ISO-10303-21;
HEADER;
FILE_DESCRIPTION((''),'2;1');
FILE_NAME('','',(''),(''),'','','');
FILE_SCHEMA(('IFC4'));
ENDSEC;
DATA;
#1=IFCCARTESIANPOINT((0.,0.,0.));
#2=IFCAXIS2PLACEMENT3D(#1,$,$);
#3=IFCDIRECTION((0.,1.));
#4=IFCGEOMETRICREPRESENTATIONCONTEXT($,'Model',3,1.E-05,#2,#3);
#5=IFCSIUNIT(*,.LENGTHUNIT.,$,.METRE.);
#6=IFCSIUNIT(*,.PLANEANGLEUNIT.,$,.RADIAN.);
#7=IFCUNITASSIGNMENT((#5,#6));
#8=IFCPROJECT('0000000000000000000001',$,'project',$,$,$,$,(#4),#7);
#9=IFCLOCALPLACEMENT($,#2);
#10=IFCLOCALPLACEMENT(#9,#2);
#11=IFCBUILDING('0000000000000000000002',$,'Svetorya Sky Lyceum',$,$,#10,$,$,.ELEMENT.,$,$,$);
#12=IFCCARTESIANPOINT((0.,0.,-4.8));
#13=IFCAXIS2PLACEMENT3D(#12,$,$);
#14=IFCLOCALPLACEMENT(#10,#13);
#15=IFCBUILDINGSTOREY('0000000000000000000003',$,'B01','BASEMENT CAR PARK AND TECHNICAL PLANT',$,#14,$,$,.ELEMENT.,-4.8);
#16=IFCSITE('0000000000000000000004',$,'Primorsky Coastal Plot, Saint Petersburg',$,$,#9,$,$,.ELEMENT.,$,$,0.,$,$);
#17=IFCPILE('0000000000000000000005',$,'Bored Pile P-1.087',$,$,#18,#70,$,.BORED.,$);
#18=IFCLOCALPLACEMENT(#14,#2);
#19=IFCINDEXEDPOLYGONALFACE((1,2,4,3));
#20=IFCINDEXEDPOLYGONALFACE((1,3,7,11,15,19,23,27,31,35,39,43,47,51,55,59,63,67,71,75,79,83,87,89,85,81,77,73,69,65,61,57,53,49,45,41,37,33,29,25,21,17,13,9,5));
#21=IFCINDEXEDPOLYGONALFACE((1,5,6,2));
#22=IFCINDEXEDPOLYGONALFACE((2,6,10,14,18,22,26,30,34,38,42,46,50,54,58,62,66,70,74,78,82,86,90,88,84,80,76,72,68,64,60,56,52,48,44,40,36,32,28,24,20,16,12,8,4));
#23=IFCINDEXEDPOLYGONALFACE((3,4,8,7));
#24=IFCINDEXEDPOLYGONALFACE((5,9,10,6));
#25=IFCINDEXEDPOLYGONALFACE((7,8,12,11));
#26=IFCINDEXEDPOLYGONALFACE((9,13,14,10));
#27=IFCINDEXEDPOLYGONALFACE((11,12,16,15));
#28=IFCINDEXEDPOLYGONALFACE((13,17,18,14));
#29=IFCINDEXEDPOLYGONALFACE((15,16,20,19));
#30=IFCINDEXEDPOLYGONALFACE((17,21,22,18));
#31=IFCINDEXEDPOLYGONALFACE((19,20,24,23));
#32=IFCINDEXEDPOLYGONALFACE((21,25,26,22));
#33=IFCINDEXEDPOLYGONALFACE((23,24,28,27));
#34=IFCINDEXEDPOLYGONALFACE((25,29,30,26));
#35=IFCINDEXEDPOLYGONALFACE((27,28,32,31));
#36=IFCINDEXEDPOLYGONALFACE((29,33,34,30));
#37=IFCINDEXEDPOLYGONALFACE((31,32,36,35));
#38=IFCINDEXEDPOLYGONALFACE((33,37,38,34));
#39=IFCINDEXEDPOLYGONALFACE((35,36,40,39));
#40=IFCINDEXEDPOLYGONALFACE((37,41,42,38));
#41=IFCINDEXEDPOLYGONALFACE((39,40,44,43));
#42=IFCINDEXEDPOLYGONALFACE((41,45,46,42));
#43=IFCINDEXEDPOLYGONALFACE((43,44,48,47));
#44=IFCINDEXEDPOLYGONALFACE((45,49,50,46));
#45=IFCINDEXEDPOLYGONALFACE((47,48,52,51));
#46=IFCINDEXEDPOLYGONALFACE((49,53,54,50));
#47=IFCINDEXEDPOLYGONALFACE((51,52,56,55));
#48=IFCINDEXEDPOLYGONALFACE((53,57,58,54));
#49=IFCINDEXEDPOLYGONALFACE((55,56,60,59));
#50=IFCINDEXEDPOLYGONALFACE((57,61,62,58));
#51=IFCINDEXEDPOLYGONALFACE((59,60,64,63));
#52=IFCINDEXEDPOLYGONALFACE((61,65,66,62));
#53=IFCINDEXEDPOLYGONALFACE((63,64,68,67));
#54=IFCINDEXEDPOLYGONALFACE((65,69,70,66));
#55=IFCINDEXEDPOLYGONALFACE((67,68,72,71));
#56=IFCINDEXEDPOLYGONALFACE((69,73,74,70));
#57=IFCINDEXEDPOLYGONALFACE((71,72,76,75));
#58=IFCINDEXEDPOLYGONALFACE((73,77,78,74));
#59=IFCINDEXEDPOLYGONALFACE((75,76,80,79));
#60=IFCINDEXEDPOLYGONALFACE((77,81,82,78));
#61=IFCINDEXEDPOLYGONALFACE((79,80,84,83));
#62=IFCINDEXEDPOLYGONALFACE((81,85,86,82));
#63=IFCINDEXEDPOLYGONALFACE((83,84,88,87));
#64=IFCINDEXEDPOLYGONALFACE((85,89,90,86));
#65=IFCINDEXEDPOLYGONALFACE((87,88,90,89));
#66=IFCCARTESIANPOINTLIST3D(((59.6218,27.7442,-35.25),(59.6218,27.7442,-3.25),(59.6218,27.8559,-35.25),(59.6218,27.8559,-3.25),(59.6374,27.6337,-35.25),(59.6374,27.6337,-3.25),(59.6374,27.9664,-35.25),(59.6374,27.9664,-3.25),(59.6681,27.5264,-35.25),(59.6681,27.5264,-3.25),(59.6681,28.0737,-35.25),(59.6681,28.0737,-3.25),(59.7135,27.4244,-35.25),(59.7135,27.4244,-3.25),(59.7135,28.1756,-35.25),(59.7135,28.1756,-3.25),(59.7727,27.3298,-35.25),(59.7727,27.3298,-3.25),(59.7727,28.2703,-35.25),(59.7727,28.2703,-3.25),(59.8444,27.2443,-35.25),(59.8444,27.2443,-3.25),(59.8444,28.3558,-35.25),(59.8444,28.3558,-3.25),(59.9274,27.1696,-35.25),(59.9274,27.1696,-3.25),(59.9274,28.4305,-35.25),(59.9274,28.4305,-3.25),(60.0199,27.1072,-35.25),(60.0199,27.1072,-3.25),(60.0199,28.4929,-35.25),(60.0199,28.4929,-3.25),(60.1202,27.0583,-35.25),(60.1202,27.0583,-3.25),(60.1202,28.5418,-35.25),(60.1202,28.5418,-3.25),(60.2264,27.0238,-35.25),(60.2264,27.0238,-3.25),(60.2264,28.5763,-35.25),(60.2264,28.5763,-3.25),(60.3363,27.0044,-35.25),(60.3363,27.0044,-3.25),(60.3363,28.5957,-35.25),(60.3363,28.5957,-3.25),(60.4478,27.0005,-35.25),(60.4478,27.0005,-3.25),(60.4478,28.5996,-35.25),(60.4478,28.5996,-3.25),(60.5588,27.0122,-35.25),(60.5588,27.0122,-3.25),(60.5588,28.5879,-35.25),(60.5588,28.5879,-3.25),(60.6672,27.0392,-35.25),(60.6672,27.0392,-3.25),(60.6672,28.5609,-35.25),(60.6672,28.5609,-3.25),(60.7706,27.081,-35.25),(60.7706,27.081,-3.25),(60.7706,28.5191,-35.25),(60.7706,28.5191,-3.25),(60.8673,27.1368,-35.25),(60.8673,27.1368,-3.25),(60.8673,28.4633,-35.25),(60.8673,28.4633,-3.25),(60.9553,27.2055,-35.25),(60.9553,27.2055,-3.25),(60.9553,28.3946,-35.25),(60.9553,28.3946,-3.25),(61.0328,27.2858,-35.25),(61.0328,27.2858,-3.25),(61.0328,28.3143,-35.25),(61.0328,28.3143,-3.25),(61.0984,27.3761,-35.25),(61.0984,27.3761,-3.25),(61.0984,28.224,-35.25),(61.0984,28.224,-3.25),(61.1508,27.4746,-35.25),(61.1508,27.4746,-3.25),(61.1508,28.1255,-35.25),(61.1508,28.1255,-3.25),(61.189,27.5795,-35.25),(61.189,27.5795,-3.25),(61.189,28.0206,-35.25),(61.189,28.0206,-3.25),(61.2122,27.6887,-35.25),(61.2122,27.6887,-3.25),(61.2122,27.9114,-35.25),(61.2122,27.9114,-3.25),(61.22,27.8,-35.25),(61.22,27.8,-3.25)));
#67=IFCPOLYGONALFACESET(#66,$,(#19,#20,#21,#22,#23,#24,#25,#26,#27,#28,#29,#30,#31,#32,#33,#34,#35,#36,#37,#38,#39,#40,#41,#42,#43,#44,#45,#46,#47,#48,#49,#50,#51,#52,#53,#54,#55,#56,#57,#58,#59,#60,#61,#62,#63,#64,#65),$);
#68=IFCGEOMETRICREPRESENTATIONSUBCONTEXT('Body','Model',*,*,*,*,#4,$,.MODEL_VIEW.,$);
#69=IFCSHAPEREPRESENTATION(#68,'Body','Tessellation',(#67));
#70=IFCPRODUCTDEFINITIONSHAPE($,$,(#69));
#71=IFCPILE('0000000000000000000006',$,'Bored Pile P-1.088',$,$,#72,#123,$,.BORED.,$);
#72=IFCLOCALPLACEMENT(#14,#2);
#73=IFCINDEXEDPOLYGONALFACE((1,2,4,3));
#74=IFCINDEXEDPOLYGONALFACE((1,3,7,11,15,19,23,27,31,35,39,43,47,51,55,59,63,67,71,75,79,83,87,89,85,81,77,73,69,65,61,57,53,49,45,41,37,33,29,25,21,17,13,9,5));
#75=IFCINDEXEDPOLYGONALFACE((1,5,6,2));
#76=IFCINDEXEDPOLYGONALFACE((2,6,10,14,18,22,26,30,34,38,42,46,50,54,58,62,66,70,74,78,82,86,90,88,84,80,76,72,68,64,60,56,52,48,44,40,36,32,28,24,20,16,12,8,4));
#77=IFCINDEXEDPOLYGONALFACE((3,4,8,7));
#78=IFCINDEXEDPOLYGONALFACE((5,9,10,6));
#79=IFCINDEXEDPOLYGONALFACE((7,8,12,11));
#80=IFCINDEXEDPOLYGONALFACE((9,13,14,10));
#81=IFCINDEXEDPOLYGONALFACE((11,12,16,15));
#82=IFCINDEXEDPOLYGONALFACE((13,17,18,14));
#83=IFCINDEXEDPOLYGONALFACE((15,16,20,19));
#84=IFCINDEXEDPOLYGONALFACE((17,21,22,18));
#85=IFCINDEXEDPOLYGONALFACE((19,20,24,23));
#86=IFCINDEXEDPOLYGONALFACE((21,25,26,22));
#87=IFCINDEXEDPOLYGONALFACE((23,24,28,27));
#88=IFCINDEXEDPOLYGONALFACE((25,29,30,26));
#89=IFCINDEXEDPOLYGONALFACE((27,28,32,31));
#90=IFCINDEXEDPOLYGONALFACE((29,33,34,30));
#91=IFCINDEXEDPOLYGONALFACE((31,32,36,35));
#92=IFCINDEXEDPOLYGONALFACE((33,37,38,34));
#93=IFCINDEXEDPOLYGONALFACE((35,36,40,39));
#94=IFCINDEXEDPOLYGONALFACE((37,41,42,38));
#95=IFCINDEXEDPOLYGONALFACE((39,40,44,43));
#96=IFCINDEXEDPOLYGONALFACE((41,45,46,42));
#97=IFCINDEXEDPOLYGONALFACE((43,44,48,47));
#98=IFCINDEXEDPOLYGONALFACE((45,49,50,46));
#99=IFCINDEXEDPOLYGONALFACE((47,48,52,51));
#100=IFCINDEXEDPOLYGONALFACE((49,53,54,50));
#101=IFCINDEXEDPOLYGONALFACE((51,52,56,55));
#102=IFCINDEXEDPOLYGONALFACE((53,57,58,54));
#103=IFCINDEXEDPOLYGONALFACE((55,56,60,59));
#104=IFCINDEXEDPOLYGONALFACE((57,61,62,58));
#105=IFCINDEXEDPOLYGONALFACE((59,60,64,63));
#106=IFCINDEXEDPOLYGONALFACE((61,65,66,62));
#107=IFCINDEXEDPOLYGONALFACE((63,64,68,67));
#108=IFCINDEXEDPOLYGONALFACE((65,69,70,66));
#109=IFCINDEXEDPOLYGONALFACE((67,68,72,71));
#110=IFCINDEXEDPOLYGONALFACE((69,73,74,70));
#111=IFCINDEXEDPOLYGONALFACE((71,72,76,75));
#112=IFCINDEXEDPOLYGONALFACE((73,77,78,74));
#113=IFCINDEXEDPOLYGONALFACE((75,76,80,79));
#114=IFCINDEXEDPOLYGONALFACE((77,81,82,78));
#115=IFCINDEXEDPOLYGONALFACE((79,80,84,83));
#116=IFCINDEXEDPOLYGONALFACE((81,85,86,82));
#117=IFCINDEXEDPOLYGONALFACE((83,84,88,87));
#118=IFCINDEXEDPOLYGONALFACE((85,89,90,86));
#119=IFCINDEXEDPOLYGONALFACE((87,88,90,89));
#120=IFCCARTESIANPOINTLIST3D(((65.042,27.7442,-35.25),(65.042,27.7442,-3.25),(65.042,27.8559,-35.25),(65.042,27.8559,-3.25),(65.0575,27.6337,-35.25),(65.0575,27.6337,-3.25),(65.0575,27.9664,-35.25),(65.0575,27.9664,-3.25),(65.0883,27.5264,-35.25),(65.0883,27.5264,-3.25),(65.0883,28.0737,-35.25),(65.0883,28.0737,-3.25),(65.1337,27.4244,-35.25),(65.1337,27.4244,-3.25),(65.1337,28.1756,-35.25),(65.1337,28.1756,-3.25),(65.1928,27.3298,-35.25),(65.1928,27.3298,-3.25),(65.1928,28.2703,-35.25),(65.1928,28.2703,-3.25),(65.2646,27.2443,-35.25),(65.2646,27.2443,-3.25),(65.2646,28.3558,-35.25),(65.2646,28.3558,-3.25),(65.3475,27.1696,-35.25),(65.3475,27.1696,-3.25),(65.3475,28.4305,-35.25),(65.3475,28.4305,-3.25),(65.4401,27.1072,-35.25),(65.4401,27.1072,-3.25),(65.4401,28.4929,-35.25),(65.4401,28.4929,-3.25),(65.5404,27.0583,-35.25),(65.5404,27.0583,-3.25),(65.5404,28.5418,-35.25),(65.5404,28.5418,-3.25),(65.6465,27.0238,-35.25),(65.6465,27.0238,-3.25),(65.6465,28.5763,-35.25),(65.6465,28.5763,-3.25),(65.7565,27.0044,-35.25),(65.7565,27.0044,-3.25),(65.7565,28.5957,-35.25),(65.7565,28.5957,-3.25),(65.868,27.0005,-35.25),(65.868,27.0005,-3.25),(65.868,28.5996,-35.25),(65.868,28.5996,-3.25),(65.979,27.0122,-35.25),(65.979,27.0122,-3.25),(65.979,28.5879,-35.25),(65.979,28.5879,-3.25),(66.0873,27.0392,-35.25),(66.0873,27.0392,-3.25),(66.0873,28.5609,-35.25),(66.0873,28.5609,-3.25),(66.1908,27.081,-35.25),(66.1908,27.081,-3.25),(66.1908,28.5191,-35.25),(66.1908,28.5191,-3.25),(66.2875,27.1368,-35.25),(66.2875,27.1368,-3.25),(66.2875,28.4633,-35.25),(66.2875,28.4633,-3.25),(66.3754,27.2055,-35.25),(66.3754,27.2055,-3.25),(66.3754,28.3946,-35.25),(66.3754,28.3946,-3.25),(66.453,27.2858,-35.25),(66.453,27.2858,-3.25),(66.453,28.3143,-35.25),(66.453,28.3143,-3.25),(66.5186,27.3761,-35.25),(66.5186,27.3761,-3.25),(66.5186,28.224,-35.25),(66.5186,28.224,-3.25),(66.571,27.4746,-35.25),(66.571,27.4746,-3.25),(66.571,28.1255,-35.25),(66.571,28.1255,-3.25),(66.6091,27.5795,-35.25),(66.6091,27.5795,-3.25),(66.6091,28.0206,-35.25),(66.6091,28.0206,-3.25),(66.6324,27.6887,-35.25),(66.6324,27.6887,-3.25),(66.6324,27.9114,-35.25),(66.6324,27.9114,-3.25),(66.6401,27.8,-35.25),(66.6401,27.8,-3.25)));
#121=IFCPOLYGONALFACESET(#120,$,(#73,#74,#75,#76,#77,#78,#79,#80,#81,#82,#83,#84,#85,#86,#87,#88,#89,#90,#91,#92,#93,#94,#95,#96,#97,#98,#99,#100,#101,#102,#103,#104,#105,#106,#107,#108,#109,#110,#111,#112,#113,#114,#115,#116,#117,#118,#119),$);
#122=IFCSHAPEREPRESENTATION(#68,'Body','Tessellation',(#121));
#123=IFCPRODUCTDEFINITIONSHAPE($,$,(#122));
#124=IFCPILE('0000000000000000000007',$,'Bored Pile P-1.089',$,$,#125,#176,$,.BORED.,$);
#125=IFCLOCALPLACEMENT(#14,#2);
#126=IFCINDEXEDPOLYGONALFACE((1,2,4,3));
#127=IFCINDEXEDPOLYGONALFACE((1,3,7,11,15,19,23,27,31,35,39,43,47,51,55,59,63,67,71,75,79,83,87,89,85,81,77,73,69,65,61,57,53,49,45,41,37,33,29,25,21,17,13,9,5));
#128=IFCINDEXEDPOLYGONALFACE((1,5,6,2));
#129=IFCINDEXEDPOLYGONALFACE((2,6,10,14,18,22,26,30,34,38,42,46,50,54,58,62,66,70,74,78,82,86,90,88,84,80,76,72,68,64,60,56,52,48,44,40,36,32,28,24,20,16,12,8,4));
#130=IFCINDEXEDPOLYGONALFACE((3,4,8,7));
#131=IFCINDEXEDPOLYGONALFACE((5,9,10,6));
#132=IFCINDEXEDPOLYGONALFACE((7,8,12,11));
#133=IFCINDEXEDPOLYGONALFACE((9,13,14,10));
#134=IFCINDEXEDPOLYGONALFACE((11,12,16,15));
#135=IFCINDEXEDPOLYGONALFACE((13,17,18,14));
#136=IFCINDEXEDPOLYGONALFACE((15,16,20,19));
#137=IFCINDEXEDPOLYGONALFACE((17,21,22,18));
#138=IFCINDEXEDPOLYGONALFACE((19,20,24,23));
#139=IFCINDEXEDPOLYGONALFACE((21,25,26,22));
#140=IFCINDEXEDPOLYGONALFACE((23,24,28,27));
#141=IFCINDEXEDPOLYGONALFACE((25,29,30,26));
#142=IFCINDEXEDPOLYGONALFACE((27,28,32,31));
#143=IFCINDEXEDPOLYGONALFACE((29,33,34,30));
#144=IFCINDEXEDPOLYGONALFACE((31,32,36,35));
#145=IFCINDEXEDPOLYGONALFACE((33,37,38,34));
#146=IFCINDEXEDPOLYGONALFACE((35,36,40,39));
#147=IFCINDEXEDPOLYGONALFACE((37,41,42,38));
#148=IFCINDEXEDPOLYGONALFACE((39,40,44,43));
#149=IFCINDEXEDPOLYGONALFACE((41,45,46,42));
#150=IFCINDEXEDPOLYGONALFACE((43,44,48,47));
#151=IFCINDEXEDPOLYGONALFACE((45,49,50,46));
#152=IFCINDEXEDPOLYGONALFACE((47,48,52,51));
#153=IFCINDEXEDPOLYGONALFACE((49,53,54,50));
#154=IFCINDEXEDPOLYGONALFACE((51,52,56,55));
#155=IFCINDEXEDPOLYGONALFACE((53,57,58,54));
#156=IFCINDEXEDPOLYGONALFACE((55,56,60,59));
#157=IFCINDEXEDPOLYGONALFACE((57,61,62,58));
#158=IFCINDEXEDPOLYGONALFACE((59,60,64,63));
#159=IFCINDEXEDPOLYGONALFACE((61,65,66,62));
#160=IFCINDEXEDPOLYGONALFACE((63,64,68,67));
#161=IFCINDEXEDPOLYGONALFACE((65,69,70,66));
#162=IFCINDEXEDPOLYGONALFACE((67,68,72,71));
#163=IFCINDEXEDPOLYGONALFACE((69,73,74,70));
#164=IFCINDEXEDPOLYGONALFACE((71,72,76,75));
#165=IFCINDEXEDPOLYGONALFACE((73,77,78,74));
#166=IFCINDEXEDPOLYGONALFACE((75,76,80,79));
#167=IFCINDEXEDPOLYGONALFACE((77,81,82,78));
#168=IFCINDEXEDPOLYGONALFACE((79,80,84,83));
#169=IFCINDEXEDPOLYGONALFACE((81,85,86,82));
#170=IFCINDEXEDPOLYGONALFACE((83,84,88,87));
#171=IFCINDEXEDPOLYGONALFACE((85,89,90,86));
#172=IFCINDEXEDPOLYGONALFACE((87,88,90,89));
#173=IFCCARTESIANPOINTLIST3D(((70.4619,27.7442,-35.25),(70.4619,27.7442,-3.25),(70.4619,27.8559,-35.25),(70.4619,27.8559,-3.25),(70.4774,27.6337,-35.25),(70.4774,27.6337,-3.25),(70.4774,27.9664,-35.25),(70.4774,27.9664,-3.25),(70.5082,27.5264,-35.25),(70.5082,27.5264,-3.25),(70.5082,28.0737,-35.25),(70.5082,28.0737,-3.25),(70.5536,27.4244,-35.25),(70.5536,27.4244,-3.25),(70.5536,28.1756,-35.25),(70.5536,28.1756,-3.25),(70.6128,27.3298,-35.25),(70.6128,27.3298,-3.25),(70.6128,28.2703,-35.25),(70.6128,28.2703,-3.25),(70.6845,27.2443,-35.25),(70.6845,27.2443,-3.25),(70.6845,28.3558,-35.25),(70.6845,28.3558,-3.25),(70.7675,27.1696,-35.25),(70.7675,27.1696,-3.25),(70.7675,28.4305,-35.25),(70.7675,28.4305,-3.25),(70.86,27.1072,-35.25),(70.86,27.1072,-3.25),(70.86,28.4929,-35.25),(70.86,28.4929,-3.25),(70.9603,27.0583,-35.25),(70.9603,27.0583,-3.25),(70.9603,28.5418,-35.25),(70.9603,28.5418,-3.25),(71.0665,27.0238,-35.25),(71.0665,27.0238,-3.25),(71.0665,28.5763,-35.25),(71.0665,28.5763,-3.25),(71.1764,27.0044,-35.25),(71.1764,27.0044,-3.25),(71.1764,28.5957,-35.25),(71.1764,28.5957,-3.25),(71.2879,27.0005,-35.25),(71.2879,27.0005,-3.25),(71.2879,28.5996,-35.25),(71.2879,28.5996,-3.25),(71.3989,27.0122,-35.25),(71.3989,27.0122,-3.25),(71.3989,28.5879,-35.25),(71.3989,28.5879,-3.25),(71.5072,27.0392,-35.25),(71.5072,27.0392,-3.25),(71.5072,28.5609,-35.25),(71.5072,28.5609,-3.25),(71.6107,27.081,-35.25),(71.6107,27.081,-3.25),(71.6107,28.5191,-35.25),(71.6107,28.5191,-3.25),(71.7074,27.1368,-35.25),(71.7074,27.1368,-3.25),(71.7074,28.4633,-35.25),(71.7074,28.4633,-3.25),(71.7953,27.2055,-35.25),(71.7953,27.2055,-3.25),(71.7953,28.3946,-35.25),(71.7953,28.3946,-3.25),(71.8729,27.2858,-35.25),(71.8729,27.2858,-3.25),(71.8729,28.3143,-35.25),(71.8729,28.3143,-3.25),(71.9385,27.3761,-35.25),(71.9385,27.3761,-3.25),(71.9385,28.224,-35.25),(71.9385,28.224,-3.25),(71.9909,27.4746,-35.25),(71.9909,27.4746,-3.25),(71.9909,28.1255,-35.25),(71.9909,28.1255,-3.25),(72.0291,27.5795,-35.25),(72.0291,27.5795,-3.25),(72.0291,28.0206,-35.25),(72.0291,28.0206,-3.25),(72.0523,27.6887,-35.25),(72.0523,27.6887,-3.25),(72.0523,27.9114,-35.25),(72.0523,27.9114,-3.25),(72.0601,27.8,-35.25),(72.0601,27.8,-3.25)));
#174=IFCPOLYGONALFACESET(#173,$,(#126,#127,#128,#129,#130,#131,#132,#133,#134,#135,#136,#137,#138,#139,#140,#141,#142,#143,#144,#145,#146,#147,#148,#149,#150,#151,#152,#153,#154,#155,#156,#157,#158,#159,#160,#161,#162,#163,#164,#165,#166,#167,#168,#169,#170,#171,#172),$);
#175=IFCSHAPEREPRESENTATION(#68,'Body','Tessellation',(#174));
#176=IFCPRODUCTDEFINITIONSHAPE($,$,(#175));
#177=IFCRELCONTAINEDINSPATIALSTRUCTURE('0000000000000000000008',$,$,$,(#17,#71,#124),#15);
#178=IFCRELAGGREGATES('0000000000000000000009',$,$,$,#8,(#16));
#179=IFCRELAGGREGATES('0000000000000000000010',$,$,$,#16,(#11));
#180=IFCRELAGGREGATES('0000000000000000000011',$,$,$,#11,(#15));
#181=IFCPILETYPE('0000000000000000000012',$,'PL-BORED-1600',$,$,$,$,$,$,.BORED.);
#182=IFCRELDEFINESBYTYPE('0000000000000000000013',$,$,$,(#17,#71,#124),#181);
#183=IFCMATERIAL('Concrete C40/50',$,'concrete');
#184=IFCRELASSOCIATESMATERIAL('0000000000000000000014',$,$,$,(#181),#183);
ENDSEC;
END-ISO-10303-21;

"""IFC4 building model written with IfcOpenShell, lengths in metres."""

from ifc_helpers import new_model, si_unit, direction, frame, origin, origin_2d, place, context, subcontext, project, spatial, circle, extrude, material, material_profile, profile_set, type_object, element, save


model = new_model("IFC4")

# Units and contexts
model_context = context("Model", 3, precision=1e-05, world=origin(), true_north=direction((0.0, 1.0)))
body_context = subcontext(model_context, "Body", "Model", "MODEL_VIEW")
ifc_project = project(units=[si_unit("LENGTHUNIT", "METRE"), si_unit("PLANEANGLEUNIT", "RADIAN")], contexts=[model_context])

# Site, building, storey
site_placement = place(None, origin())
site = spatial("IfcSite", under=ifc_project, at=site_placement, Name="Primorsky Coastal Plot, Saint Petersburg", CompositionType="ELEMENT", RefElevation=0.0)
building_placement = place(site_placement, origin())
building = spatial("IfcBuilding", under=site, at=building_placement, Name="Svetorya Sky Lyceum", CompositionType="ELEMENT")
storey_placement = place(building_placement, frame((0.0, 0.0, -4.8)))
storey = spatial("IfcBuildingStorey", under=building, at=storey_placement, Name="B01", Description="BASEMENT CAR PARK AND TECHNICAL PLANT", CompositionType="ELEMENT", Elevation=-4.8)

# Piles
ifc_material_1 = material(Name="Concrete C40/50", Category="concrete")
ifc_material_profile_1 = material_profile(ifc_material_1, circle(Radius=0.8, at=origin_2d()), Name="RC PILE D1600")
ifc_profile_set_1 = profile_set([ifc_material_profile_1], Name="Concrete C40/50")
pile_type = type_object("IfcPileType", Name="PL-BORED-1600", PredefinedType="BORED", material=ifc_profile_set_1)
for number, where, z_axis, x_axis, name in (
    (1, (60.4199, 27.8, -3.25), (0.0, 0.0, -1.0), (1.0, 0.0, 0.0), "Bored Pile P-1.087"),
    (2, (65.8401, 27.8, -3.25), (0.0, 0.0, -1.0), (1.0, 0.0, 0.0), "Bored Pile P-1.088"),
    (3, (71.26, 27.8, -3.25), (0.0, 0.0, -1.0), (1.0, 0.0, 0.0), "Bored Pile P-1.089"),
):
    element("IfcPile", number, at=place(storey_placement, frame(where, z_axis=z_axis, x_axis=x_axis)), inside=storey, type_object=pile_type, Name=name, PredefinedType="BORED", context=body_context, shape_type="SweptSolid", body=[
        extrude(circle(Radius=0.8, at=origin_2d()), origin(), (0.0, 0.0, 1.0), 32.0),
    ])

save(model, "model.ifc")
